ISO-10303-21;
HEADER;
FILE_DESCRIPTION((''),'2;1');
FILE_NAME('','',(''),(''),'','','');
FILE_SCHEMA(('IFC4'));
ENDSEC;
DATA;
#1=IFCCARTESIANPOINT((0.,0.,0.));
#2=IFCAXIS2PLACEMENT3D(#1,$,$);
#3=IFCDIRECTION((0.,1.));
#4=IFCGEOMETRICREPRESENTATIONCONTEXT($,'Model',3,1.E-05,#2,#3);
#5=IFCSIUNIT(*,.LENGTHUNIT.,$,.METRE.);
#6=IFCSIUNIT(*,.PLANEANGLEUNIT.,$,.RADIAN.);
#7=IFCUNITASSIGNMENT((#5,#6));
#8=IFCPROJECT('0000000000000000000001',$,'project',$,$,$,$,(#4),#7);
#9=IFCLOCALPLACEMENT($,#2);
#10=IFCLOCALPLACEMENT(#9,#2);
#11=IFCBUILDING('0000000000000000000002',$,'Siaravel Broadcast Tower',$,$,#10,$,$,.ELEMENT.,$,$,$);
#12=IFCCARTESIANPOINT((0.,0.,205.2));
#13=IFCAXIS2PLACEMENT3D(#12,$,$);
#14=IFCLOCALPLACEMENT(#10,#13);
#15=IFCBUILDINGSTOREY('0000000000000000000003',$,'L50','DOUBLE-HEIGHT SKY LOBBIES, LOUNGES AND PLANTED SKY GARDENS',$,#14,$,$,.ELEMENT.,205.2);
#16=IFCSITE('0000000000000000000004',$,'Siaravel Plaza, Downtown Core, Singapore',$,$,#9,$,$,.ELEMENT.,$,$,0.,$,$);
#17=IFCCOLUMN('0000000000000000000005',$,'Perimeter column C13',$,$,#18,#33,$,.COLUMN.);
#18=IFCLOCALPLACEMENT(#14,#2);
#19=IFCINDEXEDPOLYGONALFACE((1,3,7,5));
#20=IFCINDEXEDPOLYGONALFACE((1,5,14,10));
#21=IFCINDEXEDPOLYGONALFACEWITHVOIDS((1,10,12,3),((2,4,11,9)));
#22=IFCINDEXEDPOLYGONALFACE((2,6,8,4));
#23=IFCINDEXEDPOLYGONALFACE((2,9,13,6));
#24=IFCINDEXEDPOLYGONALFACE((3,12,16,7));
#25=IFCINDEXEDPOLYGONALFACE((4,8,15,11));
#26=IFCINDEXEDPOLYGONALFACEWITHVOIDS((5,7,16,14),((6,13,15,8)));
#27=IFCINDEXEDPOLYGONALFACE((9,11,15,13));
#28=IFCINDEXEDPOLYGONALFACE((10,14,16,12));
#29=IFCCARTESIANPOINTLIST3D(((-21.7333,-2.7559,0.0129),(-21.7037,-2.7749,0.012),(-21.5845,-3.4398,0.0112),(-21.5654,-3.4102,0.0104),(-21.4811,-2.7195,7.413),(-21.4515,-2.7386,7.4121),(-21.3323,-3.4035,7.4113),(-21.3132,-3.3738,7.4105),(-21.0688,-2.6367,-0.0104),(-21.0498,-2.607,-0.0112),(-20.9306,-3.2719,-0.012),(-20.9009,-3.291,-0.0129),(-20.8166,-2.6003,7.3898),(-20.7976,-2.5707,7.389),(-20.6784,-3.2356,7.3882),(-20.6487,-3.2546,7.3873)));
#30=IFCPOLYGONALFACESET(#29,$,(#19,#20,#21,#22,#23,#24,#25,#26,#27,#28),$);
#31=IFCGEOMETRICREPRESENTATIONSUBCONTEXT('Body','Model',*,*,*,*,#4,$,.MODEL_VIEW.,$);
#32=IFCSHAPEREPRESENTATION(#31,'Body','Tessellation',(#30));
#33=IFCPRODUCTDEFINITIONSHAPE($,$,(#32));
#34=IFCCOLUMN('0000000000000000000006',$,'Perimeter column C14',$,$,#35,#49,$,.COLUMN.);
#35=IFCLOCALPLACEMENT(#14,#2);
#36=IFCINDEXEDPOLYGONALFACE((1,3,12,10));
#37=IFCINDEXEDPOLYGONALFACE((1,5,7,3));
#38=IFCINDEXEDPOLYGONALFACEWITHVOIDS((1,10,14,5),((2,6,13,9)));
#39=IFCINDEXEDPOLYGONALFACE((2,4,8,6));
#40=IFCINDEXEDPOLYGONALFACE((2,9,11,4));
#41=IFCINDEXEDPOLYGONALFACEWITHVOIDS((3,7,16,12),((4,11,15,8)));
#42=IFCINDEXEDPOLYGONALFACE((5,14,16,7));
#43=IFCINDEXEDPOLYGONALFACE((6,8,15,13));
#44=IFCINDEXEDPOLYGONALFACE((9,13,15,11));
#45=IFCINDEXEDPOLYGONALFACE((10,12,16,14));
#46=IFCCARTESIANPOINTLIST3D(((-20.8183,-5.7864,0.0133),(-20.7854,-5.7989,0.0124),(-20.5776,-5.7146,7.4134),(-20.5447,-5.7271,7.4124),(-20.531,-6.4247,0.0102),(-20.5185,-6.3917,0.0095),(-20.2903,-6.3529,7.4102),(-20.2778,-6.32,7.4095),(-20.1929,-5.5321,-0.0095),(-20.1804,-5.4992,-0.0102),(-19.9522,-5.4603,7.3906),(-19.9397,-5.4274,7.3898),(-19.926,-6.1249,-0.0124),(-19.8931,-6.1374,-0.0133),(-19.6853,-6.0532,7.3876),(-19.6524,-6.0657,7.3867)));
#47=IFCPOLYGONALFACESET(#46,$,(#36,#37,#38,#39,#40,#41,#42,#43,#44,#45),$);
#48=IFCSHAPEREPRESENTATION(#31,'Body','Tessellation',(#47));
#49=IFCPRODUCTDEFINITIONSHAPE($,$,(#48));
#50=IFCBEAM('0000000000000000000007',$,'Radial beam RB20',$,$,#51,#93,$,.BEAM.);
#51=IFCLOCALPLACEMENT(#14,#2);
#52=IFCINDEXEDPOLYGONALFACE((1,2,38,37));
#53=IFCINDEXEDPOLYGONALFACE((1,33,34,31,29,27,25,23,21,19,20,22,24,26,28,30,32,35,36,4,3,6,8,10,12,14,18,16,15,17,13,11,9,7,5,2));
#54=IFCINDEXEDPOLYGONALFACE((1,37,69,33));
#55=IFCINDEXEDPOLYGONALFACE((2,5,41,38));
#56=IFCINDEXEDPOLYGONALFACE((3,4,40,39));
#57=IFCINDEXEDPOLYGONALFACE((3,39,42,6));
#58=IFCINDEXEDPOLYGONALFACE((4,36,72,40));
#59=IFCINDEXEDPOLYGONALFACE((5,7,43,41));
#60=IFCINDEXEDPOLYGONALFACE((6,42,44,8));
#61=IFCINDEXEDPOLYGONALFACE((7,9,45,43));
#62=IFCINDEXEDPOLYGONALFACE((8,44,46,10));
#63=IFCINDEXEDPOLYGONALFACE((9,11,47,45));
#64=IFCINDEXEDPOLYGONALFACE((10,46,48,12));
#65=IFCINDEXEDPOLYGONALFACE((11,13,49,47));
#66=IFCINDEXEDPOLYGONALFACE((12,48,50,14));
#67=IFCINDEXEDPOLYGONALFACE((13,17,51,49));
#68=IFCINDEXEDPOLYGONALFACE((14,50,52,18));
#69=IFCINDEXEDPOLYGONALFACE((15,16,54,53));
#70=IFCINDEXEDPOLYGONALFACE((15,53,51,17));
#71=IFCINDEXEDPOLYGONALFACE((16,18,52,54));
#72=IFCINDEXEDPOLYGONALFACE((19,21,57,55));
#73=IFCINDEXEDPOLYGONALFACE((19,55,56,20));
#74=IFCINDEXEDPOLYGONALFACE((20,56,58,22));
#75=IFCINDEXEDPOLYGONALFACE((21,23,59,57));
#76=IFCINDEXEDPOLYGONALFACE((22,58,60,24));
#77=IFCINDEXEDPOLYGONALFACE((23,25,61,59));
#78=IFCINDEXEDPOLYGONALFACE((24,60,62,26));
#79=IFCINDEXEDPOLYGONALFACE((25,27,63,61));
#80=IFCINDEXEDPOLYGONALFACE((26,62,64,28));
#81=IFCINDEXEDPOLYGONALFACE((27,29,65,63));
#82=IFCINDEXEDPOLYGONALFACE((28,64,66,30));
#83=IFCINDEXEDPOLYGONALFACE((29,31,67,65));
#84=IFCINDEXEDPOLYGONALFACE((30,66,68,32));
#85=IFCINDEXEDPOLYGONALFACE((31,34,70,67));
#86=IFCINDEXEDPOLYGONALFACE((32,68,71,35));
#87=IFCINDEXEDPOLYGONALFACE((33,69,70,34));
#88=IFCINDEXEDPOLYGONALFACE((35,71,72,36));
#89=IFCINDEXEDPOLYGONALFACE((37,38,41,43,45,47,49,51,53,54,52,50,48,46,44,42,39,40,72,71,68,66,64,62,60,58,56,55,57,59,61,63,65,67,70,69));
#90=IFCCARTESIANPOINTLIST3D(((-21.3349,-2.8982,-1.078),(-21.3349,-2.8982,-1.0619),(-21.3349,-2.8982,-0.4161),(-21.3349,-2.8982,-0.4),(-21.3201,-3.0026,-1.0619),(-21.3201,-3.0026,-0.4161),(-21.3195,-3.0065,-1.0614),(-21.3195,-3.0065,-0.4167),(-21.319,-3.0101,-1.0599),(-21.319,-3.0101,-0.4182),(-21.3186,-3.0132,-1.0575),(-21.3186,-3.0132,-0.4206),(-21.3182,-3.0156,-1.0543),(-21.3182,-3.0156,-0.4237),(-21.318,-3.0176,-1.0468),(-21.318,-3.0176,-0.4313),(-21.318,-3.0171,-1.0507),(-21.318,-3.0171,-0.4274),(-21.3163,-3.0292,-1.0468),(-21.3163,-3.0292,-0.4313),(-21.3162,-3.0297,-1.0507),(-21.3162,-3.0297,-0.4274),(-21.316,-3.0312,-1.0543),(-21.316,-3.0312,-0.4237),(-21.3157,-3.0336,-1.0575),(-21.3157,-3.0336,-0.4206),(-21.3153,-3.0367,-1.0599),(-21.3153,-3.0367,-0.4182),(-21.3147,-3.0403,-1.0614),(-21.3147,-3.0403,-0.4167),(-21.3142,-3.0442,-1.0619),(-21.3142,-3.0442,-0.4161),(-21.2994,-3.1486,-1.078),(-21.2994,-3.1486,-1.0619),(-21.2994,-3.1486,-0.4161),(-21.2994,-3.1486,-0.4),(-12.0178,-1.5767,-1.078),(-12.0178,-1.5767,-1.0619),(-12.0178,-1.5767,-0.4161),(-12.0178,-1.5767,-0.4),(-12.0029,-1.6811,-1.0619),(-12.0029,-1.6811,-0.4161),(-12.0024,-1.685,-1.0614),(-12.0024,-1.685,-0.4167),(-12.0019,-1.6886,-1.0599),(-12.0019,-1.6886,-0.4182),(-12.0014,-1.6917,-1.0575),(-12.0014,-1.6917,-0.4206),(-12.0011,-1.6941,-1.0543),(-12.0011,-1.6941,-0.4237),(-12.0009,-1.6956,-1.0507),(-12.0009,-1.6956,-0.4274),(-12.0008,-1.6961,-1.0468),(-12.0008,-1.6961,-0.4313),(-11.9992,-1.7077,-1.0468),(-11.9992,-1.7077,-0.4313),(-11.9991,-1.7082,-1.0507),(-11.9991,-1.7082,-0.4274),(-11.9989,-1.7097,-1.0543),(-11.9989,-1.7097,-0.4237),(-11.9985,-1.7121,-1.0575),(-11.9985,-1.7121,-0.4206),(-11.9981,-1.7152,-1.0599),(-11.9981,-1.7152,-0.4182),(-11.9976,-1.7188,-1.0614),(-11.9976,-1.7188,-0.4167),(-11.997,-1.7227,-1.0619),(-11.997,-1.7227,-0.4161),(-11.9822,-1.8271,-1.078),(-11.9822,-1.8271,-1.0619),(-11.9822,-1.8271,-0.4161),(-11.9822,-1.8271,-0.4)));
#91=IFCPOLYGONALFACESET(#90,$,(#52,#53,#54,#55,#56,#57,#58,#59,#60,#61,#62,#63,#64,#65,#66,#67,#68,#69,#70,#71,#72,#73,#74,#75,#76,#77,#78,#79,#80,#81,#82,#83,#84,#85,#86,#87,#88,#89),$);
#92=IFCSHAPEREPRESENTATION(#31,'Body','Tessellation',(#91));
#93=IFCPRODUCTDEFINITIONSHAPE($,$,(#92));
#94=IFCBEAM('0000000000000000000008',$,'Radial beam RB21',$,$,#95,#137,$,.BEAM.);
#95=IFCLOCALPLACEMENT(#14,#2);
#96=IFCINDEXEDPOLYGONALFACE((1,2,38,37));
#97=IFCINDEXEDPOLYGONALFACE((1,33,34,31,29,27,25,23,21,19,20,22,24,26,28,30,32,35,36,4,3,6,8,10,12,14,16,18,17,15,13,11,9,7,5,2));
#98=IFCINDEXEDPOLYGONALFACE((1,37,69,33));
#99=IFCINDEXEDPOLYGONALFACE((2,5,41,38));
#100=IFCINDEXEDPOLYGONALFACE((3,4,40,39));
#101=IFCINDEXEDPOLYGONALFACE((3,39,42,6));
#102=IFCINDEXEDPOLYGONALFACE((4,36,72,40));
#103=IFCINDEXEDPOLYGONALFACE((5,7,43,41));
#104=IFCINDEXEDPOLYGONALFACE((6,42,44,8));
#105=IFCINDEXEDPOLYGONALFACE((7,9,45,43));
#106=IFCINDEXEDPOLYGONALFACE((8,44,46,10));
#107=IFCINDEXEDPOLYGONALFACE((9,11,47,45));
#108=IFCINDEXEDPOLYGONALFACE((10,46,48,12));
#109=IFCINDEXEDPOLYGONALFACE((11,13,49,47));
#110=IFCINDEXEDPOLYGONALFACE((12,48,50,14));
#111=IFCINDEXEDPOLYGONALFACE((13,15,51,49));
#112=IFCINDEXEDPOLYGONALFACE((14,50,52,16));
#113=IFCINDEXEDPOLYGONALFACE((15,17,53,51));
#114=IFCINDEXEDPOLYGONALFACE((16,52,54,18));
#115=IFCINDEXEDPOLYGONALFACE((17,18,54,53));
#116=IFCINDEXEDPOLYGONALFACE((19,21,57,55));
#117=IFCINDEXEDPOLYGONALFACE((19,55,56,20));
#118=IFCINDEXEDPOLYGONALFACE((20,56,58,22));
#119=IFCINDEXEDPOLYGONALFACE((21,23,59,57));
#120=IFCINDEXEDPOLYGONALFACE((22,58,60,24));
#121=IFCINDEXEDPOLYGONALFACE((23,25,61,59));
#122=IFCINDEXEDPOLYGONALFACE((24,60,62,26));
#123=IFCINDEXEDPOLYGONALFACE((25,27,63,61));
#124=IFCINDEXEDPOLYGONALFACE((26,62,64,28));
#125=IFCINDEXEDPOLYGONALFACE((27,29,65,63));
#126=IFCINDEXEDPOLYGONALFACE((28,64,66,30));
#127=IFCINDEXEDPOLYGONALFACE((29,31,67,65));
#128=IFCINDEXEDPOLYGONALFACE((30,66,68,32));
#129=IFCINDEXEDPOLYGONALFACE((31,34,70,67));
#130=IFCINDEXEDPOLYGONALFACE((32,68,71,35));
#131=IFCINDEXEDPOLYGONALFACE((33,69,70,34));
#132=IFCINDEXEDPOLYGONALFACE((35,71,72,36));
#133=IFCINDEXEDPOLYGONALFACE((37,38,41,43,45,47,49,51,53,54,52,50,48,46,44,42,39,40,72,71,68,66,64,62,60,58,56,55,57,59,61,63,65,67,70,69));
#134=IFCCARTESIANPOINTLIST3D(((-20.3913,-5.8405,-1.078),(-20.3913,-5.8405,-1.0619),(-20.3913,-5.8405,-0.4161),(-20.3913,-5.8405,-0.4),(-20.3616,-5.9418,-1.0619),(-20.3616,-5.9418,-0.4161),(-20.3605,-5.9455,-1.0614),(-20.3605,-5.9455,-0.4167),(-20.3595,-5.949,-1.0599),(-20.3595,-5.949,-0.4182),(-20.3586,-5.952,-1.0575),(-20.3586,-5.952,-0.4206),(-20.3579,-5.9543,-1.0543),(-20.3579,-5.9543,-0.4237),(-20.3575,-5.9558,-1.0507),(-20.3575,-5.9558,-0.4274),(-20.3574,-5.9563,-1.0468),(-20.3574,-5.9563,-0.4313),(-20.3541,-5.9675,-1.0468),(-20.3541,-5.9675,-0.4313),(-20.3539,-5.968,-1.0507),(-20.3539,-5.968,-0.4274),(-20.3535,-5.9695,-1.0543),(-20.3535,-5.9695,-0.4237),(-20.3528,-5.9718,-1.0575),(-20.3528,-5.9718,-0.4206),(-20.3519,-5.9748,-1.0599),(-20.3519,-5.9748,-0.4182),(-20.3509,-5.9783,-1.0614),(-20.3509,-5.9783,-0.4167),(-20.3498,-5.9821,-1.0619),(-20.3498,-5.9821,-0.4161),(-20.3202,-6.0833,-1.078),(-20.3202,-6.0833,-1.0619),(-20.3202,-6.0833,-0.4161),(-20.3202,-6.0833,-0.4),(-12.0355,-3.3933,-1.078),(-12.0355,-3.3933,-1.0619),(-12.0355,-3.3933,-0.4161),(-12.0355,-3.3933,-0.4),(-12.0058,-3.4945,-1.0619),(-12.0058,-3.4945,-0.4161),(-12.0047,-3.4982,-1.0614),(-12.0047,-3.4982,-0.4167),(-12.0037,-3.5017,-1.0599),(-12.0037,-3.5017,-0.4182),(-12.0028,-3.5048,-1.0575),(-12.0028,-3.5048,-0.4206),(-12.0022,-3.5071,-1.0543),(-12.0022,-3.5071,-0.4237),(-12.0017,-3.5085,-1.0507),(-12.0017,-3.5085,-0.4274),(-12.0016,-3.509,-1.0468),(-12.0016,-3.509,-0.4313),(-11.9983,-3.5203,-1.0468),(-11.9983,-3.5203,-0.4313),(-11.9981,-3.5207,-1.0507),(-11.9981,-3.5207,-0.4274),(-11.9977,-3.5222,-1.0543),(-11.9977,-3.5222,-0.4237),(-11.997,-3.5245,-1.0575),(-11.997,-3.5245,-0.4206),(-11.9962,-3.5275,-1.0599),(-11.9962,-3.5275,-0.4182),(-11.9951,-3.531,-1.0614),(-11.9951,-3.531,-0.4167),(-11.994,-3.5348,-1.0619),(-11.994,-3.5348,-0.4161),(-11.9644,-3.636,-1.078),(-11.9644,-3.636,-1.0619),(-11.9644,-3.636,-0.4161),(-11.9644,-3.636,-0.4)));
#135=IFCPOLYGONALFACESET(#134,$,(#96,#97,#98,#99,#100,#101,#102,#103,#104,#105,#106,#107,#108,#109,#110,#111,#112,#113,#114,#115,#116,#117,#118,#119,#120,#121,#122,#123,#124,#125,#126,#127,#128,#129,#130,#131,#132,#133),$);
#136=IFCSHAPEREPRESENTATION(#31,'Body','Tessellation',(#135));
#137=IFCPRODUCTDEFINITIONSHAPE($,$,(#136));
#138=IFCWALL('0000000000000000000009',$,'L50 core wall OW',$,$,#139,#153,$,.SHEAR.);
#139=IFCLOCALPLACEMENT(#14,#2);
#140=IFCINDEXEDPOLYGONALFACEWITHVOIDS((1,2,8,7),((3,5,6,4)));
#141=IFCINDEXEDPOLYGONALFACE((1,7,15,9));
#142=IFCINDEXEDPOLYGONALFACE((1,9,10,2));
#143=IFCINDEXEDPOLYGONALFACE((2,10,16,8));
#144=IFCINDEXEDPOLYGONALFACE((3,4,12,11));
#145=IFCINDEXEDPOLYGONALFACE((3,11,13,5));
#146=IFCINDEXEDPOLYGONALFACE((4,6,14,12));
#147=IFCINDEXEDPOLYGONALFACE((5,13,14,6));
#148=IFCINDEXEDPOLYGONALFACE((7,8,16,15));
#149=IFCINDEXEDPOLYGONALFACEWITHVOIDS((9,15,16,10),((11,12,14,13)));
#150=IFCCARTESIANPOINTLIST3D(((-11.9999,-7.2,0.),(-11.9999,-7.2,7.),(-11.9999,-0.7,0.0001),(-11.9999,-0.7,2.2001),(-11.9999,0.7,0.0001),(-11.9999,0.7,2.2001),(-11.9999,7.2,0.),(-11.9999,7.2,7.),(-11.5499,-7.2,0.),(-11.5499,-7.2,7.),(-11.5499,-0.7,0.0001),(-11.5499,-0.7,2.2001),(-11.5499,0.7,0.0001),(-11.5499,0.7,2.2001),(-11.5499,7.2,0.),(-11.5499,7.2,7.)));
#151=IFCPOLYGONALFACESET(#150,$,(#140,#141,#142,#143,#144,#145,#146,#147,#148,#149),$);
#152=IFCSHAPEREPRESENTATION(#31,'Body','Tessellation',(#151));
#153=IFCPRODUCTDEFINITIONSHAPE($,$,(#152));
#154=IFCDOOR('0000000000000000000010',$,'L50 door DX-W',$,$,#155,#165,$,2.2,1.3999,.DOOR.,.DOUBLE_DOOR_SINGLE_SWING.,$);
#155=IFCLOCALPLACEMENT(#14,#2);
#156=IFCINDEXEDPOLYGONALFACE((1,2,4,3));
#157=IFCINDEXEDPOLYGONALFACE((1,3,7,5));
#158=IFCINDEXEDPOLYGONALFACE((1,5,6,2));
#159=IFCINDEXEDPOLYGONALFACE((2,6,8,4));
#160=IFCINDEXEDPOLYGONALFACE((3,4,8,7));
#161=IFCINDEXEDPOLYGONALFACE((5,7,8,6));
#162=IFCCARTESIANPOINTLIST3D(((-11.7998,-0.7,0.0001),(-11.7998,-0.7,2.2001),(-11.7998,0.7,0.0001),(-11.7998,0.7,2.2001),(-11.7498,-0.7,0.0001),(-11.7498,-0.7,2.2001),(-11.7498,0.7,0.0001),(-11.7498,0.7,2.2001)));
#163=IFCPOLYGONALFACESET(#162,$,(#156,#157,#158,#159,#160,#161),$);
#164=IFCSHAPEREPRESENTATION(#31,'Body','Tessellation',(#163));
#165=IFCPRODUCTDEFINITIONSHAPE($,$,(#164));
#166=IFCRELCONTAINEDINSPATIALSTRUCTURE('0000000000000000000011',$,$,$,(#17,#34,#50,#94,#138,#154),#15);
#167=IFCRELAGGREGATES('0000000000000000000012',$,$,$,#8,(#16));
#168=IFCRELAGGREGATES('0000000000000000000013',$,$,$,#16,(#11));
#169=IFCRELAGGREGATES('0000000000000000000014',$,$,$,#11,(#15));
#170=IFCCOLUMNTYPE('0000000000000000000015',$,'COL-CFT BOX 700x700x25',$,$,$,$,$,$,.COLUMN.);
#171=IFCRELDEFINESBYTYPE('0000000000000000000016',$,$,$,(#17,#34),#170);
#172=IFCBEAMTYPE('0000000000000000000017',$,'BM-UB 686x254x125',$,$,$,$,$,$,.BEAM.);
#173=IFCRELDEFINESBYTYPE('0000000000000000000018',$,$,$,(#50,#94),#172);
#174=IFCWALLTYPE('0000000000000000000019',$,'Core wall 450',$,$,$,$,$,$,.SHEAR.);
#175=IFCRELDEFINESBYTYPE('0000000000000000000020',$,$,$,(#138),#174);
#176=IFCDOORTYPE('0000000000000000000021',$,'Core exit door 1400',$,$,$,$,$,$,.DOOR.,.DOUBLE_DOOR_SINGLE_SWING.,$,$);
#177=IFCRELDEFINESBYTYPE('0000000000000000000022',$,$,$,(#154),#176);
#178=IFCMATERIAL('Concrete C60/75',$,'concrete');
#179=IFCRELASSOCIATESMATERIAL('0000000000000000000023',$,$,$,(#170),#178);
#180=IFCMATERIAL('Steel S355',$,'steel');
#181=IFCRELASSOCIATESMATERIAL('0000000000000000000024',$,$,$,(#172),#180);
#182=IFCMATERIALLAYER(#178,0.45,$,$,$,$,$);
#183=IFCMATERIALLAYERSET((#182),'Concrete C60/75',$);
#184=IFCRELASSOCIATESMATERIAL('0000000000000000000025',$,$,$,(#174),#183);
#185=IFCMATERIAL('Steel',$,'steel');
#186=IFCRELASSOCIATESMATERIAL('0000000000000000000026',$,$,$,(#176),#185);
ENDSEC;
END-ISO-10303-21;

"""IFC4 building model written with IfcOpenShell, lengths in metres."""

from ifc_helpers import new_model, si_unit, direction, frame, frame_2d, origin, origin_2d, place, context, subcontext, project, spatial, rectangle, hollow_rectangle, i_section, extrude, material, layer, layer_set, material_profile, profile_set, type_object, element, fill, save


model = new_model("IFC4")

# Units and contexts
model_context = context("Model", 3, precision=1e-05, world=origin(), true_north=direction((0.0, 1.0)))
body_context = subcontext(model_context, "Body", "Model", "MODEL_VIEW")
ifc_project = project(units=[si_unit("LENGTHUNIT", "METRE"), si_unit("PLANEANGLEUNIT", "RADIAN")], contexts=[model_context])

# Site, building, storey
site_placement = place(None, origin())
site = spatial("IfcSite", under=ifc_project, at=site_placement, Name="Siaravel Plaza, Downtown Core, Singapore", CompositionType="ELEMENT", RefElevation=0.0)
building_placement = place(site_placement, origin())
building = spatial("IfcBuilding", under=site, at=building_placement, Name="Siaravel Broadcast Tower", CompositionType="ELEMENT")
storey_placement = place(building_placement, frame((0.0, 0.0, 205.2)))
storey = spatial("IfcBuildingStorey", under=building, at=storey_placement, Name="L50", Description="DOUBLE-HEIGHT SKY LOBBIES, LOUNGES AND PLANTED SKY GARDENS", CompositionType="ELEMENT", Elevation=205.2)

# Columns
ifc_material_1 = material(Name="Concrete C60/75", Category="concrete")
ifc_material_profile_1 = material_profile(ifc_material_1, hollow_rectangle(XDim=0.7, YDim=0.7, WallThickness=0.0249, at=origin_2d()))
ifc_profile_set_1 = profile_set([ifc_material_profile_1], Name="Concrete C60/75")
column_type = type_object("IfcColumnType", Name="COL-CFT BOX 700x700x25", PredefinedType="COLUMN", material=ifc_profile_set_1)
column_1_placement = place(storey_placement, frame((-21.3171, -3.0234, 0.0), z_axis=(0.03406, 0.004913, 0.999408), x_axis=(-0.212711, 0.977112, 0.002446)))
element("IfcColumn", 1, at=column_1_placement, inside=storey, type_object=column_type, Name="Perimeter column C13", PredefinedType="COLUMN", context=body_context, shape_type="SweptSolid", body=[
    extrude(hollow_rectangle(XDim=0.7, YDim=0.7, WallThickness=0.0249, at=origin_2d()), origin(), (0.0, 0.0, 1.0), 7.4045),
])
column_2_placement = place(storey_placement, frame((-20.3557, -5.9619, 0.0), z_axis=(0.032511, 0.009694, 0.999424), x_axis=(-0.410442, 0.911875, 0.004507)))
element("IfcColumn", 2, at=column_2_placement, inside=storey, type_object=column_type, Name="Perimeter column C14", PredefinedType="COLUMN", context=body_context, shape_type="SweptSolid", body=[
    extrude(hollow_rectangle(XDim=0.7, YDim=0.7, WallThickness=0.0249, at=origin_2d()), origin(), (0.0, 0.0, 1.0), 7.4043),
])

# Beams
ifc_material_2 = material(Name="Steel S355", Category="steel")
ifc_material_profile_2 = material_profile(ifc_material_2, i_section(OverallWidth=0.2529, OverallDepth=0.678, WebThickness=0.0117, FlangeThickness=0.0161, FilletRadius=0.0151, at=origin_2d()))
ifc_profile_set_2 = profile_set([ifc_material_profile_2], Name="Steel S355")
beam_type = type_object("IfcBeamType", Name="BM-UB 686x254x125", PredefinedType="BEAM", material=ifc_profile_set_2)
beam_1_placement = place(storey_placement, frame((-21.3171, -3.0234, -0.739), z_axis=(0.99009, 0.140433, 0.0), x_axis=(-0.140433, 0.99009, 0.0)))
element("IfcBeam", 3, at=beam_1_placement, inside=storey, type_object=beam_type, Name="Radial beam RB20", PredefinedType="BEAM", context=body_context, shape_type="SweptSolid", body=[
    extrude(i_section(OverallWidth=0.2529, OverallDepth=0.678, WebThickness=0.0117, FlangeThickness=0.0161, FilletRadius=0.0151, at=origin_2d()), origin(), (0.0, 0.0, 1.0), 9.4104),
])
beam_2_placement = place(storey_placement, frame((-20.3557, -5.9619, -0.739), z_axis=(0.959685, 0.281078, 0.0), x_axis=(-0.281078, 0.959685, 0.0)))
element("IfcBeam", 4, at=beam_2_placement, inside=storey, type_object=beam_type, Name="Radial beam RB21", PredefinedType="BEAM", context=body_context, shape_type="SweptSolid", body=[
    extrude(i_section(OverallWidth=0.2529, OverallDepth=0.678, WebThickness=0.0117, FlangeThickness=0.0161, FilletRadius=0.0151, at=origin_2d()), origin(), (0.0, 0.0, 1.0), 8.7068),
])

# Wall, opening, door
ifc_layer_1 = layer(ifc_material_1, 0.45)
ifc_layer_set_1 = layer_set([ifc_layer_1], Name="Concrete C60/75")
wall_type_1 = type_object("IfcWallType", Name="Core wall 450", PredefinedType="SHEAR", material=ifc_layer_set_1)
wall_1_placement = place(storey_placement, frame((-11.7749, -7.2, 0.0), z_axis=(0.0, 0.0, 1.0), x_axis=(0.0, 1.0, 0.0)))
wall_1 = element("IfcWall", 5, at=wall_1_placement, inside=storey, type_object=wall_type_1, Name="L50 core wall OW", PredefinedType="SHEAR", context=body_context, shape_type="SweptSolid", body=[
    extrude(rectangle(XDim=14.3999, YDim=0.45, at=frame_2d((7.2, 0.0))), origin(), (0.0, 0.0, 1.0), 7.0),
])
opening_1_placement = place(wall_1_placement, frame((6.5, 0.0, 0.0)))
opening_1 = element("IfcOpeningElement", 6, at=opening_1_placement, cuts=wall_1, PredefinedType="OPENING", context=body_context, shape_type="SweptSolid", body=[
    extrude(rectangle(XDim=1.3999, YDim=2.2, at=frame_2d((0.7, 1.1001))), frame((0.0, 0.2349, 0.0), z_axis=(0.0, -1.0, 0.0), x_axis=(1.0, 0.0, 0.0)), (0.0, 0.0, 1.0), 0.47),
])
ifc_material_3 = material(Name="Steel", Category="steel")
door_type_1 = type_object("IfcDoorType", Name="Core exit door 1400", OperationType="DOUBLE_DOOR_SINGLE_SWING", PredefinedType="DOOR", material=ifc_material_3)
door_1_placement = place(opening_1_placement, origin())
door_1 = element("IfcDoor", 7, at=door_1_placement, inside=storey, type_object=door_type_1, Name="L50 door DX-W", OperationType="DOUBLE_DOOR_SINGLE_SWING", OverallHeight=2.2, OverallWidth=1.3999, PredefinedType="DOOR", context=body_context, shape_type="SweptSolid", body=[
    extrude(rectangle(XDim=1.3999, YDim=2.2, at=frame_2d((0.7, 1.1001))), frame((0.0, 0.0249, 0.0), z_axis=(0.0, -1.0, 0.0), x_axis=(1.0, 0.0, 0.0)), (0.0, 0.0, 1.0), 0.05),
])
fill(opening_1, door_1)

save(model, "model.ifc")
